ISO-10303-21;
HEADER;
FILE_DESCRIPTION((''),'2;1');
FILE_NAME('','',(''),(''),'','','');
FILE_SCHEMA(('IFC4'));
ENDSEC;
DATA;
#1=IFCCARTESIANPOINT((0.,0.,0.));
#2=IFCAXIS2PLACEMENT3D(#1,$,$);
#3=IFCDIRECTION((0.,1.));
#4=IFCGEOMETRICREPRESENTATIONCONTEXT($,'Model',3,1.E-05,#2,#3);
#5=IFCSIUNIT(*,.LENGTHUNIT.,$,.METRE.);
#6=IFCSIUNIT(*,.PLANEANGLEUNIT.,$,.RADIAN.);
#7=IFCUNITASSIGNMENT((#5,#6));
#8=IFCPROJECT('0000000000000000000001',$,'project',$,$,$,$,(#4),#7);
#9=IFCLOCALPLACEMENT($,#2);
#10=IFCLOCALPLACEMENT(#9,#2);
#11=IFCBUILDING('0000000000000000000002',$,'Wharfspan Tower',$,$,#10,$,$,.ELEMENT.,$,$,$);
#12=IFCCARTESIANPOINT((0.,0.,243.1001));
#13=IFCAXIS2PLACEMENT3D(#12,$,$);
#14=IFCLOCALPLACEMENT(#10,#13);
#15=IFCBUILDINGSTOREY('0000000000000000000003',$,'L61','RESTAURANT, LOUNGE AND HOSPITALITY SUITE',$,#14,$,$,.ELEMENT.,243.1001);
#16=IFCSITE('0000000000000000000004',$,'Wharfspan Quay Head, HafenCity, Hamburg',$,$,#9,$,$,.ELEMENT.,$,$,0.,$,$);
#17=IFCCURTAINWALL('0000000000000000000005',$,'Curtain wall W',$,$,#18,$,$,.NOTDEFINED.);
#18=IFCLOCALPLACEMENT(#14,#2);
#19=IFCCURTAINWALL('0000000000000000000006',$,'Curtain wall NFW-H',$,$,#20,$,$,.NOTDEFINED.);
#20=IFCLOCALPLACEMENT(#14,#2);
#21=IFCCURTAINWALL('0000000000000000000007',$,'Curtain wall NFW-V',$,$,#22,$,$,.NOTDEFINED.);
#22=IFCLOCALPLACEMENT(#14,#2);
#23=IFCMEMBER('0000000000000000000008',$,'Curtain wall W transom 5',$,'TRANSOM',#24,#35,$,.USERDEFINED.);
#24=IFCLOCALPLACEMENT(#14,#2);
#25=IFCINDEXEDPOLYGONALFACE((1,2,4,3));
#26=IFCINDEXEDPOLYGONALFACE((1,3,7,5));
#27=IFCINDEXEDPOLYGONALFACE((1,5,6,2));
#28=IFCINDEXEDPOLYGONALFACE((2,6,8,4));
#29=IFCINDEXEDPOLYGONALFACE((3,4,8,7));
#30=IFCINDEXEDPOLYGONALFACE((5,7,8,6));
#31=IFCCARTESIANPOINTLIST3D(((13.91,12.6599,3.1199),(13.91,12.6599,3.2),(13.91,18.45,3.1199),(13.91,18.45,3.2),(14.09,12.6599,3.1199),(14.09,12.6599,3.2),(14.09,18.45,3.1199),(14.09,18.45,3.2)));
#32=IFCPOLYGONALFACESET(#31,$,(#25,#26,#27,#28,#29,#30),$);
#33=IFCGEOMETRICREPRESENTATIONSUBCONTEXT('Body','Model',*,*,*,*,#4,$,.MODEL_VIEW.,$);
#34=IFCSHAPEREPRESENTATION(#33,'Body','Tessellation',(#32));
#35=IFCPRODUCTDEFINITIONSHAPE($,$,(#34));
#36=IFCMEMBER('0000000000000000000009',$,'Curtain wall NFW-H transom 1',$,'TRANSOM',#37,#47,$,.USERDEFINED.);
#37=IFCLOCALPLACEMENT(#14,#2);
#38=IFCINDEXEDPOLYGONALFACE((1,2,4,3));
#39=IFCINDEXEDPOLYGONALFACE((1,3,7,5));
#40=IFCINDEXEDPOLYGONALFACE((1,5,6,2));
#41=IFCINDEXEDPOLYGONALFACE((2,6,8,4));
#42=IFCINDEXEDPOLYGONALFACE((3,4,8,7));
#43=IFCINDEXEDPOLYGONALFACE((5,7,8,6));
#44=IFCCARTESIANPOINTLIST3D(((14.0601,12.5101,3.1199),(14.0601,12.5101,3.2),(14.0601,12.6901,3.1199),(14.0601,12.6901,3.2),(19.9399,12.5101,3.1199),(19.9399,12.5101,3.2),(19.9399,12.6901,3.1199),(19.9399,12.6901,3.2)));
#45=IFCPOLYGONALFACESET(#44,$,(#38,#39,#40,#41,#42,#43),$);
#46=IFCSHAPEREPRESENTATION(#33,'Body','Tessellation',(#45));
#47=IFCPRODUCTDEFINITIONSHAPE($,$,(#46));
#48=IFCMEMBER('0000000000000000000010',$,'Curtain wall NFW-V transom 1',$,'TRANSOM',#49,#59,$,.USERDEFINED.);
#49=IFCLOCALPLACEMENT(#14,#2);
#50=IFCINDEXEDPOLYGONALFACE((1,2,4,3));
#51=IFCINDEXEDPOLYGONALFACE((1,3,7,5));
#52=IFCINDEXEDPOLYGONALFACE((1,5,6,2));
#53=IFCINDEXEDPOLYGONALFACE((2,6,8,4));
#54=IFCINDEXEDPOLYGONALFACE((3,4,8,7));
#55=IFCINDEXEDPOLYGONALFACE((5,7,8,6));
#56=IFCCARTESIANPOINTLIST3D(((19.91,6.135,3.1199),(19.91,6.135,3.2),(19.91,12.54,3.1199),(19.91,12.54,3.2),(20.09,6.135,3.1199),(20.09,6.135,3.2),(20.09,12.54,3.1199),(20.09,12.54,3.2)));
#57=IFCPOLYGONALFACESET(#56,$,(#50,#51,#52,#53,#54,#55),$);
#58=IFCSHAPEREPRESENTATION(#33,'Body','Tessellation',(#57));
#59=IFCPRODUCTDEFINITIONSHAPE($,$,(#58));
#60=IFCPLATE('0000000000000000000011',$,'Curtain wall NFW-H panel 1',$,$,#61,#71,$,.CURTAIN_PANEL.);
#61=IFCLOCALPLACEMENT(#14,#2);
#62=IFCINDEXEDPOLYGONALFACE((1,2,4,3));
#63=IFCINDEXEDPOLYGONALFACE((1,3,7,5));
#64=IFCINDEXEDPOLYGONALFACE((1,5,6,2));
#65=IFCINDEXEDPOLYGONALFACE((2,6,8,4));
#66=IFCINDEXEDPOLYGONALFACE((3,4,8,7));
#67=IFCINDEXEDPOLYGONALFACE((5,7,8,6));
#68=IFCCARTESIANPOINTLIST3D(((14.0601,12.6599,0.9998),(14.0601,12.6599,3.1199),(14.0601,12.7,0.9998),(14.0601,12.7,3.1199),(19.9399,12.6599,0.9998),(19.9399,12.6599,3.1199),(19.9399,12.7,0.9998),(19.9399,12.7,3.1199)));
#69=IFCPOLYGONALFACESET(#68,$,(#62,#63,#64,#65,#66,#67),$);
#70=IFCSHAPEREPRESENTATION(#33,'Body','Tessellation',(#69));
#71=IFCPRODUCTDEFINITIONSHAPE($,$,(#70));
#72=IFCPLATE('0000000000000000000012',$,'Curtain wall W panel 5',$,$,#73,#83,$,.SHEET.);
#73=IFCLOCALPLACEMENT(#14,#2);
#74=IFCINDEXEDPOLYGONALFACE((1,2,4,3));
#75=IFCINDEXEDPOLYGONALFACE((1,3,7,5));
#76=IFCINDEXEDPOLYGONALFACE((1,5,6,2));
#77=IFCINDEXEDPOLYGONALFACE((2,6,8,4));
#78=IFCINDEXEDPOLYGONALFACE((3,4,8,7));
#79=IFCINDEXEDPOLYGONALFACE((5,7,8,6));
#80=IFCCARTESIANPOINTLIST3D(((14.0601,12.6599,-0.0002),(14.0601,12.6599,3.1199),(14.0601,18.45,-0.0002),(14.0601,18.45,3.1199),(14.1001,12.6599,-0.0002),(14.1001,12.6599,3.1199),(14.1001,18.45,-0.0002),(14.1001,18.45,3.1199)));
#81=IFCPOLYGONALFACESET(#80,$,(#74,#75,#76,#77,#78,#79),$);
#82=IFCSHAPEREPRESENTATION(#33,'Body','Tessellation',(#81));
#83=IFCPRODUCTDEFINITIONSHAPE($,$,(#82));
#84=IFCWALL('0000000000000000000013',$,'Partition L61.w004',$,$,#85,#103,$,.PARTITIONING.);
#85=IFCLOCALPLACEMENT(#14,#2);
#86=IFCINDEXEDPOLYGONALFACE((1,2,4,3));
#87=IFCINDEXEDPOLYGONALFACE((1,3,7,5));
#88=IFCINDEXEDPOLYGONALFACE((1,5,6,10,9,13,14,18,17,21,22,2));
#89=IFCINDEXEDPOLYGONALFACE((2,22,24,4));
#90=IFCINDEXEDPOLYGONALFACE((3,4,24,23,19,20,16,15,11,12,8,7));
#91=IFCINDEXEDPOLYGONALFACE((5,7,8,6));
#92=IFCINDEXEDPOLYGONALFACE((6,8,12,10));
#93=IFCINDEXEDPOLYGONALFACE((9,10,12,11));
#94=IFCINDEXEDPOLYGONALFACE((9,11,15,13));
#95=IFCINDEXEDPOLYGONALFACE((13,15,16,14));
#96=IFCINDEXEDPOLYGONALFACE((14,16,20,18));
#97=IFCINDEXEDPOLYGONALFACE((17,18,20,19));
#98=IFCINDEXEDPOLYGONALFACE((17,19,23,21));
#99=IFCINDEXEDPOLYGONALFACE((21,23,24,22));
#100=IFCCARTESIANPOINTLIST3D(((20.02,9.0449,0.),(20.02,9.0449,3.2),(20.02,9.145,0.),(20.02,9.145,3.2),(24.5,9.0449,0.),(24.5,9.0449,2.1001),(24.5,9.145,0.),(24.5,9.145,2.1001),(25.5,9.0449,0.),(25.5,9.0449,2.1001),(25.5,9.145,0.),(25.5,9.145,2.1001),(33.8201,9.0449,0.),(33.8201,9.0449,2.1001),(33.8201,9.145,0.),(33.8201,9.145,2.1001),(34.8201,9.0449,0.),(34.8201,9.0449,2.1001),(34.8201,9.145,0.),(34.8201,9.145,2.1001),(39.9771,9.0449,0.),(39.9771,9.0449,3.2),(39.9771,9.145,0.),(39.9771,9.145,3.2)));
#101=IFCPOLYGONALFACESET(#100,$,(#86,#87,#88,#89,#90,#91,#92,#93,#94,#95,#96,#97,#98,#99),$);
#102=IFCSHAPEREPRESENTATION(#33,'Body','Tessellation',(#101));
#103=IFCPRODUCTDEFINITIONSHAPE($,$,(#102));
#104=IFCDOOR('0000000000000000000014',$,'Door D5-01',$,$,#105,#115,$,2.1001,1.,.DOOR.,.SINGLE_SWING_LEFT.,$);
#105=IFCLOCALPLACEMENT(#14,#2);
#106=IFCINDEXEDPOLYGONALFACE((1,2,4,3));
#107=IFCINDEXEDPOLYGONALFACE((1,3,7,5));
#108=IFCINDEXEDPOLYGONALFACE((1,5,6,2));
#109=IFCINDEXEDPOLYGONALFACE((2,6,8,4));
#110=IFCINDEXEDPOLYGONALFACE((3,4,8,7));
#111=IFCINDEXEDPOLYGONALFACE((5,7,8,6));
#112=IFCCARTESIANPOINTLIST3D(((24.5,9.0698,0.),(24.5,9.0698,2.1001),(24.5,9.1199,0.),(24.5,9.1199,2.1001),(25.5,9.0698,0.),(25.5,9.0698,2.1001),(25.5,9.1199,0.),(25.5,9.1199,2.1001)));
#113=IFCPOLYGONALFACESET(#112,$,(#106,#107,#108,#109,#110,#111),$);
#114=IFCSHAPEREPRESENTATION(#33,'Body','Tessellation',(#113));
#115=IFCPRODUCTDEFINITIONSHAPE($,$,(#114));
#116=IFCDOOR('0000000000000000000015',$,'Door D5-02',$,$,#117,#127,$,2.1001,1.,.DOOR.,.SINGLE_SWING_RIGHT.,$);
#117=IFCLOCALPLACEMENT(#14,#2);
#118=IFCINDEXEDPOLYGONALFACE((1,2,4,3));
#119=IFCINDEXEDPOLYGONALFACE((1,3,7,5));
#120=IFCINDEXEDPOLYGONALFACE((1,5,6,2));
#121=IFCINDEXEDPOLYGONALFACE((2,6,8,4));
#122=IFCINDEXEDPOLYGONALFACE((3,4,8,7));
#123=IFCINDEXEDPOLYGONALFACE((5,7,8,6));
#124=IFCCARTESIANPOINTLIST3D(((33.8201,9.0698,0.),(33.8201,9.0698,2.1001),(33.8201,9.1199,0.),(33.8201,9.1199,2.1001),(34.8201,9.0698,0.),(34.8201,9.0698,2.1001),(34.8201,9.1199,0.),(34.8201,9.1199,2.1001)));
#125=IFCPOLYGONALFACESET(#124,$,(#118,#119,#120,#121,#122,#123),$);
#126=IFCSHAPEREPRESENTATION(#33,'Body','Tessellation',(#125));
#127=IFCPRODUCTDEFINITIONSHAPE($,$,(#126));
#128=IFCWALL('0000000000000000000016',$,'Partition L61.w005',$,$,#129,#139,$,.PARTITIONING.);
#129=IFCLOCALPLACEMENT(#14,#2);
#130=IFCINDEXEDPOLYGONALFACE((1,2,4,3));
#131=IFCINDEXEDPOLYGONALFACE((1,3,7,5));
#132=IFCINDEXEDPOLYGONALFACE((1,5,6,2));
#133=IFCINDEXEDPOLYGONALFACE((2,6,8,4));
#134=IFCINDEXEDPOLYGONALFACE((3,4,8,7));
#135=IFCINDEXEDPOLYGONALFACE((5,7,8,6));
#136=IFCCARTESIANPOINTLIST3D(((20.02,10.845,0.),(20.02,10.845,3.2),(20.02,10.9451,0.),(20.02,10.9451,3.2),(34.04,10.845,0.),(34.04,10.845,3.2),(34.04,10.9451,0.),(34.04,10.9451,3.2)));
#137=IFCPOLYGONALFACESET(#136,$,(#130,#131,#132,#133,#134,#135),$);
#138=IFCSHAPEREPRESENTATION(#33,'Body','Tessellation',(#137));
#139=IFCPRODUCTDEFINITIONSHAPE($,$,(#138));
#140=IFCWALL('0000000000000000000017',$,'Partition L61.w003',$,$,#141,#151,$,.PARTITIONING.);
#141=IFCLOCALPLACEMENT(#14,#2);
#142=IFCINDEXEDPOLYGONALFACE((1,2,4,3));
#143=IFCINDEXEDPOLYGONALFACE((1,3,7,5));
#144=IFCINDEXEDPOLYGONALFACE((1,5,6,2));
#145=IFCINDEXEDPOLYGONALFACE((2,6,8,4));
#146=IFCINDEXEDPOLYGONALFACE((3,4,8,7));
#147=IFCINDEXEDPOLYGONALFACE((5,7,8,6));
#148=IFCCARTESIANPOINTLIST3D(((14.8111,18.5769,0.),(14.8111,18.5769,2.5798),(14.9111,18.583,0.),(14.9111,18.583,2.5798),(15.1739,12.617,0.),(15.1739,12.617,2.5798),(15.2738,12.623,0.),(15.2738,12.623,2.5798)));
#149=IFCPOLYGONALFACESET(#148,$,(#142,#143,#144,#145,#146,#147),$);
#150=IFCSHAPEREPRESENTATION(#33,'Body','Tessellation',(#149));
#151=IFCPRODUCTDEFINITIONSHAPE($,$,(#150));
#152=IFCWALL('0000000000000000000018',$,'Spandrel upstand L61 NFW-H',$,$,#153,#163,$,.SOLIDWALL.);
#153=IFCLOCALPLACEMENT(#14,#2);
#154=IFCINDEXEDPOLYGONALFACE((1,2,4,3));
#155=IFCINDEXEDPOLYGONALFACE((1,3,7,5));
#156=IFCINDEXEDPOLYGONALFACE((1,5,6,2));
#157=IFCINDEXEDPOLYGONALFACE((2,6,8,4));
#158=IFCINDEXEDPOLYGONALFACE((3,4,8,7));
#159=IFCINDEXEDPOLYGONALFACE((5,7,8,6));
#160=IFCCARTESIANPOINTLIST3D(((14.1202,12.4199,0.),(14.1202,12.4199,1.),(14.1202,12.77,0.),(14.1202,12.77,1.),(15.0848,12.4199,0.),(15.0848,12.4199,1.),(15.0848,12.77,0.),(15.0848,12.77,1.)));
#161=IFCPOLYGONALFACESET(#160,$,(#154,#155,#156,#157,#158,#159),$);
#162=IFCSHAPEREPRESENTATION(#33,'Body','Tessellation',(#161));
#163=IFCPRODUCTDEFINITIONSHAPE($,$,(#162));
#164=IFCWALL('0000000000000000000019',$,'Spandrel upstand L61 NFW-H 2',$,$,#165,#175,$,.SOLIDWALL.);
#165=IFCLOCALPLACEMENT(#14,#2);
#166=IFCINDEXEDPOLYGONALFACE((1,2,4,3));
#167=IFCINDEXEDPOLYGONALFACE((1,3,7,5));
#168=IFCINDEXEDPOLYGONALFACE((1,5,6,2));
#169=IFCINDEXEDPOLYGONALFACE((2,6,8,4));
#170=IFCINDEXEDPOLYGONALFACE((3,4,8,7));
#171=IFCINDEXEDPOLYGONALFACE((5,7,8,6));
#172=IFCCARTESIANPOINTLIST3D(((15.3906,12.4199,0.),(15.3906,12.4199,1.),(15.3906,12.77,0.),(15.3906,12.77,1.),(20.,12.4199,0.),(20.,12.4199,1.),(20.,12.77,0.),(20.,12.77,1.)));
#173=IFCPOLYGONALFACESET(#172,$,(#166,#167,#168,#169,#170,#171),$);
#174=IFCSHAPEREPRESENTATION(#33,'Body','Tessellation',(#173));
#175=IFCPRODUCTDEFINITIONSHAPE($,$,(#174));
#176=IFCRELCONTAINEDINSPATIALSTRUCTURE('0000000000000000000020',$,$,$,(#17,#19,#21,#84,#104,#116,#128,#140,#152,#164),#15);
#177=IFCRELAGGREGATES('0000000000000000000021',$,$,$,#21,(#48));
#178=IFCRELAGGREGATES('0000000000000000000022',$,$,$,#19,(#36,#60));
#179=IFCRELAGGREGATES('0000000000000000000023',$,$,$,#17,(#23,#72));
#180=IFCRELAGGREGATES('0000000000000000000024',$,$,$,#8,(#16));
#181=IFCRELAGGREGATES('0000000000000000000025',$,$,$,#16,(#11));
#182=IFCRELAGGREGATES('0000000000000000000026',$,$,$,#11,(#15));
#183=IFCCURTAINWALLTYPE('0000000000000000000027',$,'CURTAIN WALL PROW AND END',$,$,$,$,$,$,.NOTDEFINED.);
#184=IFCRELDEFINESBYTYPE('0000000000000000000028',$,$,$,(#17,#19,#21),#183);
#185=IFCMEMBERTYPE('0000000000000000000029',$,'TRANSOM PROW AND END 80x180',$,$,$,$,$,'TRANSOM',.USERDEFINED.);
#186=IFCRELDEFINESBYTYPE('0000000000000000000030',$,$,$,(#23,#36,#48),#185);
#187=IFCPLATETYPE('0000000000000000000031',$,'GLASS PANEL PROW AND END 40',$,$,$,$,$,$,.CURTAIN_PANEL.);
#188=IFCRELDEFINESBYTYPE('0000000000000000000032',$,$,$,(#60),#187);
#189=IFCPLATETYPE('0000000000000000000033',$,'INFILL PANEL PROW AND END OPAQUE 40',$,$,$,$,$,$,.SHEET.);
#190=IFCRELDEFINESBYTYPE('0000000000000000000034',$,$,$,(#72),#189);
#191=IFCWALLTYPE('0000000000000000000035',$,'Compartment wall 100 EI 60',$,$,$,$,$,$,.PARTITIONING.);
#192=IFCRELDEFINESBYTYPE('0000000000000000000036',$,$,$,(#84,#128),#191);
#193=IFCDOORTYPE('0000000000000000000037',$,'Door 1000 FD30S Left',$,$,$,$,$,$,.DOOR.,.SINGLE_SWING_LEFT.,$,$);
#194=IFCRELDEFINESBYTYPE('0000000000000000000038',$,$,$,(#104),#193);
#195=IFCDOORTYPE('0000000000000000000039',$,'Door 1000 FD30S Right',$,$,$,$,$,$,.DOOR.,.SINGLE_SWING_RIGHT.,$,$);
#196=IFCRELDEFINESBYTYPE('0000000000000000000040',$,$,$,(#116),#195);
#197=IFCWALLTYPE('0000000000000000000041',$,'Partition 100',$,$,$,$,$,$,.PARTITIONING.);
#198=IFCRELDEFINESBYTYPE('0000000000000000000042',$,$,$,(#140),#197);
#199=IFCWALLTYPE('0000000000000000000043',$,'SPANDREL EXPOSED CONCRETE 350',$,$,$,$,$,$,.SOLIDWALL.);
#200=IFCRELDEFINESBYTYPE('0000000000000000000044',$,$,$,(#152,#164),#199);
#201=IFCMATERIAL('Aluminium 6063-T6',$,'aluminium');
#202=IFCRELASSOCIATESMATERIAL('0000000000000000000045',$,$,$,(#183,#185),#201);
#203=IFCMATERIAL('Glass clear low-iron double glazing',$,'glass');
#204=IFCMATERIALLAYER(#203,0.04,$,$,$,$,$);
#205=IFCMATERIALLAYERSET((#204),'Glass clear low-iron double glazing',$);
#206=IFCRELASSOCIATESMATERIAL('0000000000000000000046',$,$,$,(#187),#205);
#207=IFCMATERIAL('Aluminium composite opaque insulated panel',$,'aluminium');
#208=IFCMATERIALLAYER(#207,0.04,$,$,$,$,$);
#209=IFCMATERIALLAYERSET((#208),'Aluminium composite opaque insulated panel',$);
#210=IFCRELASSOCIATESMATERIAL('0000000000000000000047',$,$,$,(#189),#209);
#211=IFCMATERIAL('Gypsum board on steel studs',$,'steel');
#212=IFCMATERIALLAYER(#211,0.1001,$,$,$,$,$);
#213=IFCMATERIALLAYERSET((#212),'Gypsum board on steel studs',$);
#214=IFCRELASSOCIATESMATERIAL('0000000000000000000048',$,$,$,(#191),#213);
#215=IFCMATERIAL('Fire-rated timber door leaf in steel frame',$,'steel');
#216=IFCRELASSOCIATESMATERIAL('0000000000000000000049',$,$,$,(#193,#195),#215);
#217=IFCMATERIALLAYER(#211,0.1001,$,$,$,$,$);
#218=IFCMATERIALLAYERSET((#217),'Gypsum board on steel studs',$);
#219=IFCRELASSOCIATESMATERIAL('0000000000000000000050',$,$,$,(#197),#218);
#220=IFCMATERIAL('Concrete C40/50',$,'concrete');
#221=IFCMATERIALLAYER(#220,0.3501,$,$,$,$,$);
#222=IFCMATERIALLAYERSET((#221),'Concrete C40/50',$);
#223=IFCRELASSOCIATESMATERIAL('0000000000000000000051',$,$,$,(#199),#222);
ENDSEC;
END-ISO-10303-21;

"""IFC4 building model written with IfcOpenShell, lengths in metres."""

from ifc_helpers import new_model, si_unit, direction, frame, frame_2d, origin, origin_2d, place, context, subcontext, project, spatial, rectangle, extrude, material, layer, layer_set, material_profile, profile_set, type_object, element, fill, aggregate, save


model = new_model("IFC4")

# Units and contexts
model_context = context("Model", 3, precision=1e-05, world=origin(), true_north=direction((0.0, 1.0)))
body_context = subcontext(model_context, "Body", "Model", "MODEL_VIEW")
ifc_project = project(units=[si_unit("LENGTHUNIT", "METRE"), si_unit("PLANEANGLEUNIT", "RADIAN")], contexts=[model_context])

# Site, building, storey
site_placement = place(None, origin())
site = spatial("IfcSite", under=ifc_project, at=site_placement, Name="Wharfspan Quay Head, HafenCity, Hamburg", CompositionType="ELEMENT", RefElevation=0.0)
building_placement = place(site_placement, origin())
building = spatial("IfcBuilding", under=site, at=building_placement, Name="Wharfspan Tower", CompositionType="ELEMENT")
storey_placement = place(building_placement, frame((0.0, 0.0, 243.1001)))
storey = spatial("IfcBuildingStorey", under=building, at=storey_placement, Name="L61", Description="RESTAURANT, LOUNGE AND HOSPITALITY SUITE", CompositionType="ELEMENT", Elevation=243.1001)

# Curtain walls
ifc_material_1 = material(Name="Aluminium 6063-T6", Category="aluminium")
curtain_wall_type = type_object("IfcCurtainWallType", Name="CURTAIN WALL PROW AND END", PredefinedType="NOTDEFINED", material=ifc_material_1)
curtain_wall_1_placement = place(storey_placement, origin())
curtain_wall_1 = element("IfcCurtainWall", 1, at=curtain_wall_1_placement, inside=storey, type_object=curtain_wall_type, Name="Curtain wall W", PredefinedType="NOTDEFINED")
curtain_wall_2_placement = place(storey_placement, origin())
curtain_wall_2 = element("IfcCurtainWall", 2, at=curtain_wall_2_placement, inside=storey, type_object=curtain_wall_type, Name="Curtain wall NFW-H", PredefinedType="NOTDEFINED")

# Curtain wall
curtain_wall_3_placement = place(storey_placement, origin())
curtain_wall_3 = element("IfcCurtainWall", 3, at=curtain_wall_3_placement, inside=storey, type_object=curtain_wall_type, Name="Curtain wall NFW-V", PredefinedType="NOTDEFINED")

# Members
ifc_material_profile_1 = material_profile(ifc_material_1, rectangle(XDim=0.1799, YDim=0.0801, at=origin_2d()))
ifc_profile_set_1 = profile_set([ifc_material_profile_1], Name="Aluminium 6063-T6")
member_type_1 = type_object("IfcMemberType", Name="TRANSOM PROW AND END 80x180", ElementType="TRANSOM", PredefinedType="USERDEFINED", material=ifc_profile_set_1)
member_1_placement = place(storey_placement, frame((14.0, 18.45, 3.1599), z_axis=(0.0, -1.0, 0.0), x_axis=(1.0, 0.0, 0.0)))
member_1 = element("IfcMember", 4, at=member_1_placement, type_object=member_type_1, Name="Curtain wall W transom 5", ObjectType="TRANSOM", PredefinedType="USERDEFINED", context=body_context, shape_type="SweptSolid", body=[
    extrude(rectangle(XDim=0.1799, YDim=0.0801, at=origin_2d()), origin(), (0.0, 0.0, 1.0), 5.79),
])
member_2_placement = place(storey_placement, frame((14.0601, 12.6001, 3.1599), z_axis=(1.0, 0.0, 0.0), x_axis=(0.0, 1.0, 0.0)))
member_2 = element("IfcMember", 5, at=member_2_placement, type_object=member_type_1, Name="Curtain wall NFW-H transom 1", ObjectType="TRANSOM", PredefinedType="USERDEFINED", context=body_context, shape_type="SweptSolid", body=[
    extrude(rectangle(XDim=0.1799, YDim=0.0801, at=origin_2d()), origin(), (0.0, 0.0, 1.0), 5.8799),
])
member_3_placement = place(storey_placement, frame((20.0, 12.54, 3.1599), z_axis=(0.0, -1.0, 0.0), x_axis=(1.0, 0.0, 0.0)))
member_3 = element("IfcMember", 6, at=member_3_placement, type_object=member_type_1, Name="Curtain wall NFW-V transom 1", ObjectType="TRANSOM", PredefinedType="USERDEFINED", context=body_context, shape_type="SweptSolid", body=[
    extrude(rectangle(XDim=0.1799, YDim=0.0801, at=origin_2d()), origin(), (0.0, 0.0, 1.0), 6.405),
])
aggregate(curtain_wall_3, [member_3])

# Plates
ifc_material_2 = material(Name="Glass clear low-iron double glazing", Category="glass")
ifc_layer_1 = layer(ifc_material_2, 0.04)
ifc_layer_set_1 = layer_set([ifc_layer_1], Name="Glass clear low-iron double glazing")
plate_type_1 = type_object("IfcPlateType", Name="GLASS PANEL PROW AND END 40", PredefinedType="CURTAIN_PANEL", material=ifc_layer_set_1)
plate_1_placement = place(storey_placement, frame((17.0, 12.6799, 0.9998), z_axis=(0.0, 0.0, 1.0), x_axis=(1.0, 0.0, 0.0)))
plate_1 = element("IfcPlate", 7, at=plate_1_placement, type_object=plate_type_1, Name="Curtain wall NFW-H panel 1", PredefinedType="CURTAIN_PANEL", context=body_context, shape_type="SweptSolid", body=[
    extrude(rectangle(XDim=5.8799, YDim=0.04, at=origin_2d()), origin(), (0.0, 0.0, 1.0), 2.1201),
])
aggregate(curtain_wall_2, [member_2, plate_1])
ifc_material_3 = material(Name="Aluminium composite opaque insulated panel", Category="aluminium")
ifc_layer_2 = layer(ifc_material_3, 0.04)
ifc_layer_set_2 = layer_set([ifc_layer_2], Name="Aluminium composite opaque insulated panel")
plate_type_2 = type_object("IfcPlateType", Name="INFILL PANEL PROW AND END OPAQUE 40", PredefinedType="SHEET", material=ifc_layer_set_2)
plate_2_placement = place(storey_placement, frame((14.0801, 15.5549, -0.0002), z_axis=(0.0, 0.0, 1.0), x_axis=(0.0, -1.0, 0.0)))
plate_2 = element("IfcPlate", 8, at=plate_2_placement, type_object=plate_type_2, Name="Curtain wall W panel 5", PredefinedType="SHEET", context=body_context, shape_type="SweptSolid", body=[
    extrude(rectangle(XDim=5.79, YDim=0.04, at=origin_2d()), origin(), (0.0, 0.0, 1.0), 3.1201),
])
aggregate(curtain_wall_1, [member_1, plate_2])

# Wall, openings, doors
ifc_material_4 = material(Name="Gypsum board on steel studs", Category="steel")
ifc_layer_3 = layer(ifc_material_4, 0.1001)
ifc_layer_set_3 = layer_set([ifc_layer_3], Name="Gypsum board on steel studs")
wall_type_1 = type_object("IfcWallType", Name="Compartment wall 100 EI 60", PredefinedType="PARTITIONING", material=ifc_layer_set_3)
wall_1_placement = place(storey_placement, frame((20.02, 9.095, 0.0), z_axis=(0.0, 0.0, 1.0), x_axis=(1.0, 0.0, 0.0)))
wall_1 = element("IfcWall", 9, at=wall_1_placement, inside=storey, type_object=wall_type_1, Name="Partition L61.w004", PredefinedType="PARTITIONING", context=body_context, shape_type="SweptSolid", body=[
    extrude(rectangle(XDim=19.957, YDim=0.1001, at=frame_2d((9.9785, 0.0))), origin(), (0.0, 0.0, 1.0), 3.2),
])
opening_1_placement = place(wall_1_placement, frame((4.48, 0.0, 0.0)))
opening_1 = element("IfcOpeningElement", 10, at=opening_1_placement, cuts=wall_1, PredefinedType="OPENING", context=body_context, shape_type="SweptSolid", body=[
    extrude(rectangle(XDim=1.0, YDim=2.1001, at=frame_2d((0.5, 1.05))), frame((0.0, 0.0601, 0.0), z_axis=(0.0, -1.0, 0.0), x_axis=(1.0, 0.0, 0.0)), (0.0, 0.0, 1.0), 0.1201),
])
opening_2_placement = place(wall_1_placement, frame((13.8, 0.0, 0.0)))
opening_2 = element("IfcOpeningElement", 11, at=opening_2_placement, cuts=wall_1, PredefinedType="OPENING", context=body_context, shape_type="SweptSolid", body=[
    extrude(rectangle(XDim=1.0, YDim=2.1001, at=frame_2d((0.5, 1.05))), frame((0.0, 0.0601, 0.0), z_axis=(0.0, -1.0, 0.0), x_axis=(1.0, 0.0, 0.0)), (0.0, 0.0, 1.0), 0.1201),
])
ifc_material_5 = material(Name="Fire-rated timber door leaf in steel frame", Category="steel")
door_type_1 = type_object("IfcDoorType", Name="Door 1000 FD30S Left", OperationType="SINGLE_SWING_LEFT", PredefinedType="DOOR", material=ifc_material_5)
door_1_placement = place(opening_1_placement, origin())
door_1 = element("IfcDoor", 12, at=door_1_placement, inside=storey, type_object=door_type_1, Name="Door D5-01", OperationType="SINGLE_SWING_LEFT", OverallHeight=2.1001, OverallWidth=1.0, PredefinedType="DOOR", context=body_context, shape_type="SweptSolid", body=[
    extrude(rectangle(XDim=1.0, YDim=2.1001, at=frame_2d((0.5, 1.05))), frame((0.0, 0.0249, 0.0), z_axis=(0.0, -1.0, 0.0), x_axis=(1.0, 0.0, 0.0)), (0.0, 0.0, 1.0), 0.05),
])
fill(opening_1, door_1)
door_type_2 = type_object("IfcDoorType", Name="Door 1000 FD30S Right", OperationType="SINGLE_SWING_RIGHT", PredefinedType="DOOR", material=ifc_material_5)
door_2_placement = place(opening_2_placement, origin())
door_2 = element("IfcDoor", 13, at=door_2_placement, inside=storey, type_object=door_type_2, Name="Door D5-02", OperationType="SINGLE_SWING_RIGHT", OverallHeight=2.1001, OverallWidth=1.0, PredefinedType="DOOR", context=body_context, shape_type="SweptSolid", body=[
    extrude(rectangle(XDim=1.0, YDim=2.1001, at=frame_2d((0.5, 1.05))), frame((0.0, 0.0249, 0.0), z_axis=(0.0, -1.0, 0.0), x_axis=(1.0, 0.0, 0.0)), (0.0, 0.0, 1.0), 0.05),
])
fill(opening_2, door_2)

# Walls
wall_2_placement = place(storey_placement, frame((20.02, 10.895, 0.0), z_axis=(0.0, 0.0, 1.0), x_axis=(1.0, 0.0, 0.0)))
element("IfcWall", 14, at=wall_2_placement, inside=storey, type_object=wall_type_1, Name="Partition L61.w005", PredefinedType="PARTITIONING", context=body_context, shape_type="SweptSolid", body=[
    extrude(rectangle(XDim=14.02, YDim=0.1001, at=frame_2d((7.01, 0.0))), origin(), (0.0, 0.0, 1.0), 3.2),
])
ifc_layer_4 = layer(ifc_material_4, 0.1001)
ifc_layer_set_4 = layer_set([ifc_layer_4], Name="Gypsum board on steel studs")
wall_type_2 = type_object("IfcWallType", Name="Partition 100", PredefinedType="PARTITIONING", material=ifc_layer_set_4)
wall_3_placement = place(storey_placement, frame((15.2239, 12.6201, 0.0), z_axis=(0.0, 0.0, 1.0), x_axis=(-0.060759, 0.998149, 0.0)))
element("IfcWall", 15, at=wall_3_placement, inside=storey, type_object=wall_type_2, Name="Partition L61.w003", PredefinedType="PARTITIONING", context=body_context, shape_type="SweptSolid", body=[
    extrude(rectangle(XDim=5.9709, YDim=0.1001, at=frame_2d((2.9854, 0.0))), origin(), (0.0, 0.0, 1.0), 2.5798),
])
ifc_material_6 = material(Name="Concrete C40/50", Category="concrete")
ifc_layer_5 = layer(ifc_material_6, 0.3501)
ifc_layer_set_5 = layer_set([ifc_layer_5], Name="Concrete C40/50")
wall_type_3 = type_object("IfcWallType", Name="SPANDREL EXPOSED CONCRETE 350", PredefinedType="SOLIDWALL", material=ifc_layer_set_5)
wall_4_placement = place(storey_placement, frame((14.1201, 12.595, 0.0), z_axis=(0.0, 0.0, 1.0), x_axis=(1.0, 0.0, 0.0)))
element("IfcWall", 16, at=wall_4_placement, inside=storey, type_object=wall_type_3, Name="Spandrel upstand L61 NFW-H", PredefinedType="SOLIDWALL", context=body_context, shape_type="SweptSolid", body=[
    extrude(rectangle(XDim=0.9646, YDim=0.3501, at=frame_2d((0.4824, 0.0))), origin(), (0.0, 0.0, 1.0), 1.0),
])
wall_5_placement = place(storey_placement, frame((15.3906, 12.595, 0.0), z_axis=(0.0, 0.0, 1.0), x_axis=(1.0, 0.0, 0.0)))
element("IfcWall", 17, at=wall_5_placement, inside=storey, type_object=wall_type_3, Name="Spandrel upstand L61 NFW-H 2", PredefinedType="SOLIDWALL", context=body_context, shape_type="SweptSolid", body=[
    extrude(rectangle(XDim=4.6094, YDim=0.3501, at=frame_2d((2.3047, 0.0))), origin(), (0.0, 0.0, 1.0), 1.0),
])

save(model, "model.ifc")
